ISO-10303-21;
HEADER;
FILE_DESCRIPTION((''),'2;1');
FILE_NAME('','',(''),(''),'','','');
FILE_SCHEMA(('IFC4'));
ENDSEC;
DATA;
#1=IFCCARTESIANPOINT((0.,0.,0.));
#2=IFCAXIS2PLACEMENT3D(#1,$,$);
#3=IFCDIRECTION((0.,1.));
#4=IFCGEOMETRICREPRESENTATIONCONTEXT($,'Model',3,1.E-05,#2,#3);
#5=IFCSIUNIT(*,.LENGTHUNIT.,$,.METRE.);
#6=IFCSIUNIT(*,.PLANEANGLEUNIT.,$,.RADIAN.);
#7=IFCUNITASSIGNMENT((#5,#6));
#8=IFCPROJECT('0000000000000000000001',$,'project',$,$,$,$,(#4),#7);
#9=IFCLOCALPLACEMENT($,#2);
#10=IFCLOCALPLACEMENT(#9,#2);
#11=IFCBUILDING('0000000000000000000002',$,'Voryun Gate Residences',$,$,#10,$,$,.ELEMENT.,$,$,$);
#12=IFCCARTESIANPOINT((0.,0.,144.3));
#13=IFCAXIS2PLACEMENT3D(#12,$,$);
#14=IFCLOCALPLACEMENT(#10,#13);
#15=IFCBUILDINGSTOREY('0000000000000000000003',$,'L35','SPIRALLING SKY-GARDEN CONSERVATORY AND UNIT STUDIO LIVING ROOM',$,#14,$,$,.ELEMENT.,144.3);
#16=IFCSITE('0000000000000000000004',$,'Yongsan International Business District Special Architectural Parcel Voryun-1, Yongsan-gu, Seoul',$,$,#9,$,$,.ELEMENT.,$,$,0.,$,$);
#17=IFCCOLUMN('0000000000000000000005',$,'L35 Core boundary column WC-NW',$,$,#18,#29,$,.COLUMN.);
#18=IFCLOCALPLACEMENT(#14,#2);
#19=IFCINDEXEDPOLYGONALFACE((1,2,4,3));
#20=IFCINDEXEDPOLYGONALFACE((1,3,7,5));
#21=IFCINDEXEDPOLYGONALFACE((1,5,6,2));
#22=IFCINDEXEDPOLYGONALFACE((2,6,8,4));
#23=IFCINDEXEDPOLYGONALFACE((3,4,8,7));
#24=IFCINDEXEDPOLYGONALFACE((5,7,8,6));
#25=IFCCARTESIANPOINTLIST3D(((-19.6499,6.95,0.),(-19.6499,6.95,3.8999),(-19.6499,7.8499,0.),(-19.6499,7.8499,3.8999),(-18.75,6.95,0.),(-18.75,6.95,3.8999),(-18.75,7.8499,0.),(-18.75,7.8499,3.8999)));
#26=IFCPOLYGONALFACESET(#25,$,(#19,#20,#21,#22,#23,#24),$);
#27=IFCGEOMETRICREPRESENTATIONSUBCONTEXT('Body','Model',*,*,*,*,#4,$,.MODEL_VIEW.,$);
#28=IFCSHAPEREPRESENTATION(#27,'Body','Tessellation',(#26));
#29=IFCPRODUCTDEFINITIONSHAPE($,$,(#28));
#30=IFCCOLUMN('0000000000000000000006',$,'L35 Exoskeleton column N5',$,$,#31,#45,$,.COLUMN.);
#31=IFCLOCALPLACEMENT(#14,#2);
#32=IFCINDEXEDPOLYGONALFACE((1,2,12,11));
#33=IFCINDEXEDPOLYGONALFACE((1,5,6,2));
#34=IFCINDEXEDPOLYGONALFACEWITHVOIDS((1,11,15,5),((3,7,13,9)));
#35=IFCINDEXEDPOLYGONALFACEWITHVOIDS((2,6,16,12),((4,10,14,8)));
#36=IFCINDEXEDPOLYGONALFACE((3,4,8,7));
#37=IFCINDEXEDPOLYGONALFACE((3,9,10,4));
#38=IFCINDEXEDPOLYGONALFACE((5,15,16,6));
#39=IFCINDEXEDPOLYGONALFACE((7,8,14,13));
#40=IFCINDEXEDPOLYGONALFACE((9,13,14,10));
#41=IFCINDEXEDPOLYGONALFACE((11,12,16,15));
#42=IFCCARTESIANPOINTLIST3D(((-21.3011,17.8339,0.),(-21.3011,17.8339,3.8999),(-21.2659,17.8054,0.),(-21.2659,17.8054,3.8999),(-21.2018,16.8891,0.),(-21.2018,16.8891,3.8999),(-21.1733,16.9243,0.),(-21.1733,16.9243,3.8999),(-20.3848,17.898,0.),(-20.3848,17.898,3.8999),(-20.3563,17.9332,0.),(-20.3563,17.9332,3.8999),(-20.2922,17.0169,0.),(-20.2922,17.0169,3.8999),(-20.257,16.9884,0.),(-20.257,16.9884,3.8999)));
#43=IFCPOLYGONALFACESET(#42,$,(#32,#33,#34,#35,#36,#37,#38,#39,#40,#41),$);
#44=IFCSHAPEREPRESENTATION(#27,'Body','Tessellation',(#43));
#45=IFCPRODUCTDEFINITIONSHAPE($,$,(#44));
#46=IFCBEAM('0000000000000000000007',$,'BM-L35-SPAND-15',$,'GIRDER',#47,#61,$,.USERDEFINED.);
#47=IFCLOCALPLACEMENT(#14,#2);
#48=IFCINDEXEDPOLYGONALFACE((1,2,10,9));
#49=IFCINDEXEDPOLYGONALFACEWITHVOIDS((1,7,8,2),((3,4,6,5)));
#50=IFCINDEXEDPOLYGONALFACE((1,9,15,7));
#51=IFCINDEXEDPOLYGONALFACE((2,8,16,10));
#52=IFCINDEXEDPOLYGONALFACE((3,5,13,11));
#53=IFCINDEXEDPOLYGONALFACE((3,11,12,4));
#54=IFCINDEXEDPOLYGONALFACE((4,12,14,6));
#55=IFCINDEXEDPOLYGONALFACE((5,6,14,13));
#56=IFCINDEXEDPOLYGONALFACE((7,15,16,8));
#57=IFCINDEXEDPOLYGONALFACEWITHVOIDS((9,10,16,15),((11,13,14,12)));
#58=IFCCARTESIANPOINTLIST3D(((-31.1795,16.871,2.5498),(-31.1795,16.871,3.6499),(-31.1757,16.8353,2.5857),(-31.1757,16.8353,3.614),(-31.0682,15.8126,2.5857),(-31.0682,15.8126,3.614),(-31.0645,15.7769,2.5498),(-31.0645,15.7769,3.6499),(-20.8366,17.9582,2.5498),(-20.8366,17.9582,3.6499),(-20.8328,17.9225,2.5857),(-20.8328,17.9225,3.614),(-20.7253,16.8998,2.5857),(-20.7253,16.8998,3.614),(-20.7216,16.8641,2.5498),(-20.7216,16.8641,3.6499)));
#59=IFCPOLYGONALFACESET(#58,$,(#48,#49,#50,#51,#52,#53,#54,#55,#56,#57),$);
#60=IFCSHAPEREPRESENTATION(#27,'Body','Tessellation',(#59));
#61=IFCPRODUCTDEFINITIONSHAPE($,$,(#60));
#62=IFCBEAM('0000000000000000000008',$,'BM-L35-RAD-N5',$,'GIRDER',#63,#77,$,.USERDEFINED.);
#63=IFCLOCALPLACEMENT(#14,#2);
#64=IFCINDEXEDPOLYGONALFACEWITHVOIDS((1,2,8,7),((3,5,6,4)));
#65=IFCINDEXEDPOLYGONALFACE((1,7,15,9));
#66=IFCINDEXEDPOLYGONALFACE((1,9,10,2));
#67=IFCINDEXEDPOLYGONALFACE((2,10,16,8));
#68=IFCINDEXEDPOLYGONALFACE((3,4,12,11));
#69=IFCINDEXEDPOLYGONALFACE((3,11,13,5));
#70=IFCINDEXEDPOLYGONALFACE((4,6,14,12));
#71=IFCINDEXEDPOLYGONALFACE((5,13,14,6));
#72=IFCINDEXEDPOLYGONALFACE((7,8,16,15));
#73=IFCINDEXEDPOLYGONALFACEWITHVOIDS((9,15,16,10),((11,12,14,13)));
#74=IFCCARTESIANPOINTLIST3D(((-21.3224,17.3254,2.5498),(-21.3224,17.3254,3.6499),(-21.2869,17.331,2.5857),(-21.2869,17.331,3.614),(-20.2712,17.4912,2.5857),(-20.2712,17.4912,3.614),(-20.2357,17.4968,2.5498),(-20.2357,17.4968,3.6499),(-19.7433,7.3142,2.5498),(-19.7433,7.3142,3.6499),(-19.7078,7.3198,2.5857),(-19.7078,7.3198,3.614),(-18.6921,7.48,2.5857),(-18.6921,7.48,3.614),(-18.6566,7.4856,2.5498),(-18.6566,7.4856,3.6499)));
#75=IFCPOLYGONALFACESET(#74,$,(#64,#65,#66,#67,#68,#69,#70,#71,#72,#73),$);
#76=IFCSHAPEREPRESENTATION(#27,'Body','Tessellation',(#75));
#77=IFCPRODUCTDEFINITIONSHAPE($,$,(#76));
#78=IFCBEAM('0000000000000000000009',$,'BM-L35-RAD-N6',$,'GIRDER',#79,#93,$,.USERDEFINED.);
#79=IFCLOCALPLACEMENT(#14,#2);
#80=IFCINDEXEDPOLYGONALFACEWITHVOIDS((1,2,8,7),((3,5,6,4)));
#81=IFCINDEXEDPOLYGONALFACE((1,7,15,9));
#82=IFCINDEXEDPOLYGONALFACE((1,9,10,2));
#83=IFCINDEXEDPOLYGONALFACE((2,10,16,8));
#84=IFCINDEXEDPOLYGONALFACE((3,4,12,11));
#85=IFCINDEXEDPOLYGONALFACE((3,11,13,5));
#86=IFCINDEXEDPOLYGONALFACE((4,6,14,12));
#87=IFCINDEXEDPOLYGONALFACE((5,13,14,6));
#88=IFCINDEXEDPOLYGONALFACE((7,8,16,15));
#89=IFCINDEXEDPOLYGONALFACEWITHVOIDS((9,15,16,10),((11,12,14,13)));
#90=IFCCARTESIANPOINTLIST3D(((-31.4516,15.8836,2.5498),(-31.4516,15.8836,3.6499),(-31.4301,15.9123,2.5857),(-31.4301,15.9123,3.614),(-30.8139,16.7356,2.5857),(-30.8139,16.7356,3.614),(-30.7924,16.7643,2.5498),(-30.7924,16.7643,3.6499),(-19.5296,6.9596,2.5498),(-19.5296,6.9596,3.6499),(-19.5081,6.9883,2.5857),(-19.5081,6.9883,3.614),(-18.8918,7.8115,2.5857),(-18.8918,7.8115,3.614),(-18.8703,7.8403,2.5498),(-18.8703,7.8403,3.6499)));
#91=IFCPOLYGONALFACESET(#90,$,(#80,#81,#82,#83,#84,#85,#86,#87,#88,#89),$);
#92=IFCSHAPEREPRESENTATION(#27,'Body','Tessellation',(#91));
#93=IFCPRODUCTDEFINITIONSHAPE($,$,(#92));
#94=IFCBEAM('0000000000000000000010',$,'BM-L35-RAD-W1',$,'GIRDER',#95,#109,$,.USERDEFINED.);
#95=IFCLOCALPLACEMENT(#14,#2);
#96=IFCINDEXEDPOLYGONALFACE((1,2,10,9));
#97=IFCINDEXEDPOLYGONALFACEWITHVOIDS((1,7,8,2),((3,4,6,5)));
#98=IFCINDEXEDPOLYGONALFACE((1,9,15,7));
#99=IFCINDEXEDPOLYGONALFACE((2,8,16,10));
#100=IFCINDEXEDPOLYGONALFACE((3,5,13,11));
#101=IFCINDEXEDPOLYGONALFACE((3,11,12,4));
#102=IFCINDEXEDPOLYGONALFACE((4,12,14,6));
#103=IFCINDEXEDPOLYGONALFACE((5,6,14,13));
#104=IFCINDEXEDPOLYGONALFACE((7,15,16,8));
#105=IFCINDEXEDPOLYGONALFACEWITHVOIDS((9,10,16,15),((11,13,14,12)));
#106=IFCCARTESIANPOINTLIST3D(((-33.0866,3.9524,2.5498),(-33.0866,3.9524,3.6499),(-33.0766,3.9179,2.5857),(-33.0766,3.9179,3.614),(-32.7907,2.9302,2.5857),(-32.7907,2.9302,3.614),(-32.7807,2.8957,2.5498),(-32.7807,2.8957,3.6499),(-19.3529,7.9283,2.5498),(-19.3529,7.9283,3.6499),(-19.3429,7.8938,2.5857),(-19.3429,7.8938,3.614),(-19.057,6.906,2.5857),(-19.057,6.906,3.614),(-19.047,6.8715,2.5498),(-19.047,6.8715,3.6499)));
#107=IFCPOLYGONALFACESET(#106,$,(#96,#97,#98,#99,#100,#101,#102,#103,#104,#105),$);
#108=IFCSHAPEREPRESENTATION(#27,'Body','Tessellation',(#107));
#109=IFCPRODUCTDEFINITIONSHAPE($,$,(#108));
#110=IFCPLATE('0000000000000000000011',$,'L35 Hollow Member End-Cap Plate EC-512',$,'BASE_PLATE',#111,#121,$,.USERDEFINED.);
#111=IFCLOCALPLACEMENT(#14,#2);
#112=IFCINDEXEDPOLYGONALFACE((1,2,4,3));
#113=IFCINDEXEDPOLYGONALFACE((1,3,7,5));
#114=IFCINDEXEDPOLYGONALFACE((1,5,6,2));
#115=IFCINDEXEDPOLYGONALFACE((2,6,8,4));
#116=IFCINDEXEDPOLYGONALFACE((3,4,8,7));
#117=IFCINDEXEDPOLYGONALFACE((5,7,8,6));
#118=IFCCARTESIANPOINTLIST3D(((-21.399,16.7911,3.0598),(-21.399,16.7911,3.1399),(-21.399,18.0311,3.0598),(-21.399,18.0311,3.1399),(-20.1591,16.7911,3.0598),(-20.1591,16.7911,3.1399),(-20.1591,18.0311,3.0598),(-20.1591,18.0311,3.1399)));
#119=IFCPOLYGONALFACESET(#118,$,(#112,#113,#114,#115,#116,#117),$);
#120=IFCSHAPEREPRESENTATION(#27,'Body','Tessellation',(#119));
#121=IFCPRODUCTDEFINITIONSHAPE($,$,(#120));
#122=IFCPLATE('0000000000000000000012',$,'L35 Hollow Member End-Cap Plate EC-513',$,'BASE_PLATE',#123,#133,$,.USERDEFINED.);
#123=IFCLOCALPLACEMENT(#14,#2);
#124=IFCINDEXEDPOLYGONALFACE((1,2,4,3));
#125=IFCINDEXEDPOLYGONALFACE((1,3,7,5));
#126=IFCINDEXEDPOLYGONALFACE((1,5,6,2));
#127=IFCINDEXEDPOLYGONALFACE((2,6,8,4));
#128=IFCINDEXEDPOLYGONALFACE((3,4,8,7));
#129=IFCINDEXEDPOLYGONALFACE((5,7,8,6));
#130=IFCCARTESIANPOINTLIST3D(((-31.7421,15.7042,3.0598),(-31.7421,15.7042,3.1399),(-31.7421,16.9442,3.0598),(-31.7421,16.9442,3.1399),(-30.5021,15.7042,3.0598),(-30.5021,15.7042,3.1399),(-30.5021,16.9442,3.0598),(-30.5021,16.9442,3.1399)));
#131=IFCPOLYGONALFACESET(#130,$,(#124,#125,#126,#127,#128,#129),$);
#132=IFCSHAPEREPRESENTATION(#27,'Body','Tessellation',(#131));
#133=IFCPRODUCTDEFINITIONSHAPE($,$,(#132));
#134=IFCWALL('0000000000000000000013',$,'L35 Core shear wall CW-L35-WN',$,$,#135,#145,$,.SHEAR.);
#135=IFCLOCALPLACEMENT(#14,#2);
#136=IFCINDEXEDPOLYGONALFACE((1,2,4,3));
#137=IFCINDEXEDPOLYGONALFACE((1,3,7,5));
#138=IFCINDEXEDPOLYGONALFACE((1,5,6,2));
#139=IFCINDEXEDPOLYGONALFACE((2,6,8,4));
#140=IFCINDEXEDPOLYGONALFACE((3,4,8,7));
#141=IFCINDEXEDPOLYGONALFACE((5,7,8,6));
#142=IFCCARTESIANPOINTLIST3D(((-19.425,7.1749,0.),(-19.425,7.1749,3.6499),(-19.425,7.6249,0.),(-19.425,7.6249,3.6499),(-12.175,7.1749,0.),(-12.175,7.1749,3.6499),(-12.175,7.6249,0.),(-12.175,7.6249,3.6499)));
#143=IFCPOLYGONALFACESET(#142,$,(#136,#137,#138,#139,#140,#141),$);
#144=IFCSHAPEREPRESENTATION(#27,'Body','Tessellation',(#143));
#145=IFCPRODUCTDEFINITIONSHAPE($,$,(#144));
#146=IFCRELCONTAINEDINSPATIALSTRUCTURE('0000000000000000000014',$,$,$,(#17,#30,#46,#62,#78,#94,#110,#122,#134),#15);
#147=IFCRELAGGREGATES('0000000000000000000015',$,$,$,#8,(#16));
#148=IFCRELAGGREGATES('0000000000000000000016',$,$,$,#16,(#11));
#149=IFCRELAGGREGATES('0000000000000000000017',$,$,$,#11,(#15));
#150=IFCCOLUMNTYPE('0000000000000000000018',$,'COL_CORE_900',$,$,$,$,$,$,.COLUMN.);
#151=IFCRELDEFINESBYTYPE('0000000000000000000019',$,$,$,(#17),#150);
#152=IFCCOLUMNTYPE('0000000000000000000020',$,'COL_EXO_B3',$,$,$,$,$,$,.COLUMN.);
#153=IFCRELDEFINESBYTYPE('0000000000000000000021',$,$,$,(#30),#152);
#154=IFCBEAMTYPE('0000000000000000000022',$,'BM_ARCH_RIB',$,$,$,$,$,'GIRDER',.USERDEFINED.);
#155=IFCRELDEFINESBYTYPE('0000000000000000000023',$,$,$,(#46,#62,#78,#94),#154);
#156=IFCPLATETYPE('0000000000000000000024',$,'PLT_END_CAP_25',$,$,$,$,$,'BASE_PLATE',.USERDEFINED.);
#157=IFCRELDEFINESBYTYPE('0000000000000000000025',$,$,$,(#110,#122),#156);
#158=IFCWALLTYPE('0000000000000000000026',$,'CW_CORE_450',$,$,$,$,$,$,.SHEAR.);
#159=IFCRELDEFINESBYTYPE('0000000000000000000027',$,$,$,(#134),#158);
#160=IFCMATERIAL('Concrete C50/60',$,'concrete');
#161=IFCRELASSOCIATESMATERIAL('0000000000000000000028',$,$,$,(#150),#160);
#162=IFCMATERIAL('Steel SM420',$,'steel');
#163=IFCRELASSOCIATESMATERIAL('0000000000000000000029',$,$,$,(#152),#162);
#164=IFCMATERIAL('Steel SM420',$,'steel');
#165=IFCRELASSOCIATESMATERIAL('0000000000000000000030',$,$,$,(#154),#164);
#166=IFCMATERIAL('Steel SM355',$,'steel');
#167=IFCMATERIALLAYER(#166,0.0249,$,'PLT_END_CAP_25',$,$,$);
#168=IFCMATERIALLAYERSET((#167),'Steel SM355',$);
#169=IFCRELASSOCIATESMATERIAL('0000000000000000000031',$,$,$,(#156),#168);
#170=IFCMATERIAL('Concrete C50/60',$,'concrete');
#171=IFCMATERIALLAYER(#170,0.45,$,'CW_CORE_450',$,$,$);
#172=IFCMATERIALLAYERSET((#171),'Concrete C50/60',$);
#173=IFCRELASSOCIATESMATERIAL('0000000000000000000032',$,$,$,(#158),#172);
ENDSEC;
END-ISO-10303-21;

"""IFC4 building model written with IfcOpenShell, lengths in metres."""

from ifc_helpers import new_model, si_unit, direction, frame, frame_2d, origin, origin_2d, place, context, subcontext, project, spatial, rectangle, hollow_rectangle, extrude, material, layer, layer_set, material_profile, profile_set, type_object, element, save


model = new_model("IFC4")

# Units and contexts
model_context = context("Model", 3, precision=1e-05, world=origin(), true_north=direction((0.0, 1.0)))
body_context = subcontext(model_context, "Body", "Model", "MODEL_VIEW")
ifc_project = project(units=[si_unit("LENGTHUNIT", "METRE"), si_unit("PLANEANGLEUNIT", "RADIAN")], contexts=[model_context])

# Site, building, storey
site_placement = place(None, origin())
site = spatial("IfcSite", under=ifc_project, at=site_placement, Name="Yongsan International Business District Special Architectural Parcel Voryun-1, Yongsan-gu, Seoul", CompositionType="ELEMENT", RefElevation=0.0)
building_placement = place(site_placement, origin())
building = spatial("IfcBuilding", under=site, at=building_placement, Name="Voryun Gate Residences", CompositionType="ELEMENT")
storey_placement = place(building_placement, frame((0.0, 0.0, 144.3)))
storey = spatial("IfcBuildingStorey", under=building, at=storey_placement, Name="L35", Description="SPIRALLING SKY-GARDEN CONSERVATORY AND UNIT STUDIO LIVING ROOM", CompositionType="ELEMENT", Elevation=144.3)

# Columns
ifc_material_1 = material(Name="Concrete C50/60", Category="concrete")
ifc_material_profile_1 = material_profile(ifc_material_1, rectangle(XDim=0.8999, YDim=0.8999, at=origin_2d()), Name="RC-900x900")
ifc_profile_set_1 = profile_set([ifc_material_profile_1], Name="Concrete C50/60")
column_type_1 = type_object("IfcColumnType", Name="COL_CORE_900", PredefinedType="COLUMN", material=ifc_profile_set_1)
column_1_placement = place(storey_placement, frame((-19.2, 7.3999, 0.0), z_axis=(0.0, 0.0, 1.0), x_axis=(1.0, 0.0, 0.0)))
element("IfcColumn", 1, at=column_1_placement, inside=storey, type_object=column_type_1, Name="L35 Core boundary column WC-NW", PredefinedType="COLUMN", context=body_context, shape_type="SweptSolid", body=[
    extrude(rectangle(XDim=0.8999, YDim=0.8999, at=origin_2d()), origin(), (0.0, 0.0, 1.0), 3.8999),
])
ifc_material_2 = material(Name="Steel SM420", Category="steel")
ifc_material_profile_2 = material_profile(ifc_material_2, hollow_rectangle(XDim=0.95, YDim=0.95, WallThickness=0.032, at=origin_2d()), Name="BOX-950x950x32")
ifc_profile_set_2 = profile_set([ifc_material_profile_2], Name="Steel SM420")
column_type_2 = type_object("IfcColumnType", Name="COL_EXO_B3", PredefinedType="COLUMN", material=ifc_profile_set_2)
column_2_placement = place(storey_placement, frame((-20.7791, 17.4111, 0.0), z_axis=(0.0, 0.0, 1.0), x_axis=(0.994522, 0.104528, 0.0)))
element("IfcColumn", 2, at=column_2_placement, inside=storey, type_object=column_type_2, Name="L35 Exoskeleton column N5", PredefinedType="COLUMN", context=body_context, shape_type="SweptSolid", body=[
    extrude(hollow_rectangle(XDim=0.95, YDim=0.95, WallThickness=0.032, at=origin_2d()), origin(), (0.0, 0.0, 1.0), 3.8999),
])

# Beams
ifc_material_3 = material(Name="Steel SM420", Category="steel")
ifc_material_profile_3 = material_profile(ifc_material_3, hollow_rectangle(XDim=1.1001, YDim=1.1001, WallThickness=0.0359, at=origin_2d()), Name="BOX-1100x1100x36")
ifc_profile_set_3 = profile_set([ifc_material_profile_3], Name="Steel SM420")
beam_type = type_object("IfcBeamType", Name="BM_ARCH_RIB", ElementType="GIRDER", PredefinedType="USERDEFINED", material=ifc_profile_set_3)
beam_1_placement = place(storey_placement, frame((-20.7791, 17.4111, 3.0999), z_axis=(-0.994521, -0.104534, 0.0), x_axis=(0.104534, -0.994521, 0.0)))
element("IfcBeam", 3, at=beam_1_placement, inside=storey, type_object=beam_type, Name="BM-L35-SPAND-15", ObjectType="GIRDER", PredefinedType="USERDEFINED", context=body_context, shape_type="SweptSolid", body=[
    extrude(hollow_rectangle(XDim=1.1001, YDim=1.1001, WallThickness=0.0359, at=origin_2d()), origin(), (0.0, 0.0, 1.0), 10.3999),
])
beam_2_placement = place(storey_placement, frame((-19.2, 7.3999, 3.0999), z_axis=(-0.155807, 0.987788, 0.0), x_axis=(-0.987788, -0.155807, 0.0)))
element("IfcBeam", 4, at=beam_2_placement, inside=storey, type_object=beam_type, Name="BM-L35-RAD-N5", ObjectType="GIRDER", PredefinedType="USERDEFINED", context=body_context, shape_type="SweptSolid", body=[
    extrude(hollow_rectangle(XDim=1.1001, YDim=1.1001, WallThickness=0.0359, at=origin_2d()), origin(), (0.0, 0.0, 1.0), 10.135),
])
beam_3_placement = place(storey_placement, frame((-19.2, 7.3999, 3.0999), z_axis=(-0.800564, 0.599247, 0.0), x_axis=(-0.599247, -0.800564, 0.0)))
element("IfcBeam", 5, at=beam_3_placement, inside=storey, type_object=beam_type, Name="BM-L35-RAD-N6", ObjectType="GIRDER", PredefinedType="USERDEFINED", context=body_context, shape_type="SweptSolid", body=[
    extrude(hollow_rectangle(XDim=1.1001, YDim=1.1001, WallThickness=0.0359, at=origin_2d()), origin(), (0.0, 0.0, 1.0), 14.8921),
])
beam_4_placement = place(storey_placement, frame((-19.2, 7.3999, 3.0999), z_axis=(-0.960559, -0.278078, 0.0), x_axis=(0.278078, -0.960559, 0.0)))
element("IfcBeam", 6, at=beam_4_placement, inside=storey, type_object=beam_type, Name="BM-L35-RAD-W1", ObjectType="GIRDER", PredefinedType="USERDEFINED", context=body_context, shape_type="SweptSolid", body=[
    extrude(hollow_rectangle(XDim=1.1001, YDim=1.1001, WallThickness=0.0359, at=origin_2d()), origin(), (0.0, 0.0, 1.0), 14.2976),
])

# Plates
ifc_material_4 = material(Name="Steel SM355", Category="steel")
ifc_layer_1 = layer(ifc_material_4, 0.0249, Name="PLT_END_CAP_25")
ifc_layer_set_1 = layer_set([ifc_layer_1], Name="Steel SM355")
plate_type = type_object("IfcPlateType", Name="PLT_END_CAP_25", ElementType="BASE_PLATE", PredefinedType="USERDEFINED", material=ifc_layer_set_1)
for number, where, z_axis, x_axis, name in (
    (7, (-20.7791, 17.4111, 3.0598), (0.0, 0.0, 1.0), (1.0, 0.0, 0.0), "L35 Hollow Member End-Cap Plate EC-512"),
    (8, (-31.1221, 16.3242, 3.0598), (0.0, 0.0, 1.0), (1.0, 0.0, 0.0), "L35 Hollow Member End-Cap Plate EC-513"),
):
    element("IfcPlate", number, at=place(storey_placement, frame(where, z_axis=z_axis, x_axis=x_axis)), inside=storey, type_object=plate_type, Name=name, ObjectType="BASE_PLATE", PredefinedType="USERDEFINED", context=body_context, shape_type="SweptSolid", body=[
        extrude(rectangle(XDim=1.24, YDim=1.24, at=origin_2d()), origin(), (0.0, 0.0, 1.0), 0.0801),
    ])

# Wall
ifc_material_5 = material(Name="Concrete C50/60", Category="concrete")
ifc_layer_2 = layer(ifc_material_5, 0.45, Name="CW_CORE_450")
ifc_layer_set_2 = layer_set([ifc_layer_2], Name="Concrete C50/60")
wall_type_1 = type_object("IfcWallType", Name="CW_CORE_450", PredefinedType="SHEAR", material=ifc_layer_set_2)
wall_1_placement = place(storey_placement, frame((-19.425, 7.3999, 0.0), z_axis=(0.0, 0.0, 1.0), x_axis=(1.0, 0.0, 0.0)))
element("IfcWall", 9, at=wall_1_placement, inside=storey, type_object=wall_type_1, Name="L35 Core shear wall CW-L35-WN", PredefinedType="SHEAR", context=body_context, shape_type="SweptSolid", body=[
    extrude(rectangle(XDim=7.25, YDim=0.45, at=frame_2d((3.625, 0.0))), origin(), (0.0, 0.0, 1.0), 3.6499),
])

save(model, "model.ifc")
